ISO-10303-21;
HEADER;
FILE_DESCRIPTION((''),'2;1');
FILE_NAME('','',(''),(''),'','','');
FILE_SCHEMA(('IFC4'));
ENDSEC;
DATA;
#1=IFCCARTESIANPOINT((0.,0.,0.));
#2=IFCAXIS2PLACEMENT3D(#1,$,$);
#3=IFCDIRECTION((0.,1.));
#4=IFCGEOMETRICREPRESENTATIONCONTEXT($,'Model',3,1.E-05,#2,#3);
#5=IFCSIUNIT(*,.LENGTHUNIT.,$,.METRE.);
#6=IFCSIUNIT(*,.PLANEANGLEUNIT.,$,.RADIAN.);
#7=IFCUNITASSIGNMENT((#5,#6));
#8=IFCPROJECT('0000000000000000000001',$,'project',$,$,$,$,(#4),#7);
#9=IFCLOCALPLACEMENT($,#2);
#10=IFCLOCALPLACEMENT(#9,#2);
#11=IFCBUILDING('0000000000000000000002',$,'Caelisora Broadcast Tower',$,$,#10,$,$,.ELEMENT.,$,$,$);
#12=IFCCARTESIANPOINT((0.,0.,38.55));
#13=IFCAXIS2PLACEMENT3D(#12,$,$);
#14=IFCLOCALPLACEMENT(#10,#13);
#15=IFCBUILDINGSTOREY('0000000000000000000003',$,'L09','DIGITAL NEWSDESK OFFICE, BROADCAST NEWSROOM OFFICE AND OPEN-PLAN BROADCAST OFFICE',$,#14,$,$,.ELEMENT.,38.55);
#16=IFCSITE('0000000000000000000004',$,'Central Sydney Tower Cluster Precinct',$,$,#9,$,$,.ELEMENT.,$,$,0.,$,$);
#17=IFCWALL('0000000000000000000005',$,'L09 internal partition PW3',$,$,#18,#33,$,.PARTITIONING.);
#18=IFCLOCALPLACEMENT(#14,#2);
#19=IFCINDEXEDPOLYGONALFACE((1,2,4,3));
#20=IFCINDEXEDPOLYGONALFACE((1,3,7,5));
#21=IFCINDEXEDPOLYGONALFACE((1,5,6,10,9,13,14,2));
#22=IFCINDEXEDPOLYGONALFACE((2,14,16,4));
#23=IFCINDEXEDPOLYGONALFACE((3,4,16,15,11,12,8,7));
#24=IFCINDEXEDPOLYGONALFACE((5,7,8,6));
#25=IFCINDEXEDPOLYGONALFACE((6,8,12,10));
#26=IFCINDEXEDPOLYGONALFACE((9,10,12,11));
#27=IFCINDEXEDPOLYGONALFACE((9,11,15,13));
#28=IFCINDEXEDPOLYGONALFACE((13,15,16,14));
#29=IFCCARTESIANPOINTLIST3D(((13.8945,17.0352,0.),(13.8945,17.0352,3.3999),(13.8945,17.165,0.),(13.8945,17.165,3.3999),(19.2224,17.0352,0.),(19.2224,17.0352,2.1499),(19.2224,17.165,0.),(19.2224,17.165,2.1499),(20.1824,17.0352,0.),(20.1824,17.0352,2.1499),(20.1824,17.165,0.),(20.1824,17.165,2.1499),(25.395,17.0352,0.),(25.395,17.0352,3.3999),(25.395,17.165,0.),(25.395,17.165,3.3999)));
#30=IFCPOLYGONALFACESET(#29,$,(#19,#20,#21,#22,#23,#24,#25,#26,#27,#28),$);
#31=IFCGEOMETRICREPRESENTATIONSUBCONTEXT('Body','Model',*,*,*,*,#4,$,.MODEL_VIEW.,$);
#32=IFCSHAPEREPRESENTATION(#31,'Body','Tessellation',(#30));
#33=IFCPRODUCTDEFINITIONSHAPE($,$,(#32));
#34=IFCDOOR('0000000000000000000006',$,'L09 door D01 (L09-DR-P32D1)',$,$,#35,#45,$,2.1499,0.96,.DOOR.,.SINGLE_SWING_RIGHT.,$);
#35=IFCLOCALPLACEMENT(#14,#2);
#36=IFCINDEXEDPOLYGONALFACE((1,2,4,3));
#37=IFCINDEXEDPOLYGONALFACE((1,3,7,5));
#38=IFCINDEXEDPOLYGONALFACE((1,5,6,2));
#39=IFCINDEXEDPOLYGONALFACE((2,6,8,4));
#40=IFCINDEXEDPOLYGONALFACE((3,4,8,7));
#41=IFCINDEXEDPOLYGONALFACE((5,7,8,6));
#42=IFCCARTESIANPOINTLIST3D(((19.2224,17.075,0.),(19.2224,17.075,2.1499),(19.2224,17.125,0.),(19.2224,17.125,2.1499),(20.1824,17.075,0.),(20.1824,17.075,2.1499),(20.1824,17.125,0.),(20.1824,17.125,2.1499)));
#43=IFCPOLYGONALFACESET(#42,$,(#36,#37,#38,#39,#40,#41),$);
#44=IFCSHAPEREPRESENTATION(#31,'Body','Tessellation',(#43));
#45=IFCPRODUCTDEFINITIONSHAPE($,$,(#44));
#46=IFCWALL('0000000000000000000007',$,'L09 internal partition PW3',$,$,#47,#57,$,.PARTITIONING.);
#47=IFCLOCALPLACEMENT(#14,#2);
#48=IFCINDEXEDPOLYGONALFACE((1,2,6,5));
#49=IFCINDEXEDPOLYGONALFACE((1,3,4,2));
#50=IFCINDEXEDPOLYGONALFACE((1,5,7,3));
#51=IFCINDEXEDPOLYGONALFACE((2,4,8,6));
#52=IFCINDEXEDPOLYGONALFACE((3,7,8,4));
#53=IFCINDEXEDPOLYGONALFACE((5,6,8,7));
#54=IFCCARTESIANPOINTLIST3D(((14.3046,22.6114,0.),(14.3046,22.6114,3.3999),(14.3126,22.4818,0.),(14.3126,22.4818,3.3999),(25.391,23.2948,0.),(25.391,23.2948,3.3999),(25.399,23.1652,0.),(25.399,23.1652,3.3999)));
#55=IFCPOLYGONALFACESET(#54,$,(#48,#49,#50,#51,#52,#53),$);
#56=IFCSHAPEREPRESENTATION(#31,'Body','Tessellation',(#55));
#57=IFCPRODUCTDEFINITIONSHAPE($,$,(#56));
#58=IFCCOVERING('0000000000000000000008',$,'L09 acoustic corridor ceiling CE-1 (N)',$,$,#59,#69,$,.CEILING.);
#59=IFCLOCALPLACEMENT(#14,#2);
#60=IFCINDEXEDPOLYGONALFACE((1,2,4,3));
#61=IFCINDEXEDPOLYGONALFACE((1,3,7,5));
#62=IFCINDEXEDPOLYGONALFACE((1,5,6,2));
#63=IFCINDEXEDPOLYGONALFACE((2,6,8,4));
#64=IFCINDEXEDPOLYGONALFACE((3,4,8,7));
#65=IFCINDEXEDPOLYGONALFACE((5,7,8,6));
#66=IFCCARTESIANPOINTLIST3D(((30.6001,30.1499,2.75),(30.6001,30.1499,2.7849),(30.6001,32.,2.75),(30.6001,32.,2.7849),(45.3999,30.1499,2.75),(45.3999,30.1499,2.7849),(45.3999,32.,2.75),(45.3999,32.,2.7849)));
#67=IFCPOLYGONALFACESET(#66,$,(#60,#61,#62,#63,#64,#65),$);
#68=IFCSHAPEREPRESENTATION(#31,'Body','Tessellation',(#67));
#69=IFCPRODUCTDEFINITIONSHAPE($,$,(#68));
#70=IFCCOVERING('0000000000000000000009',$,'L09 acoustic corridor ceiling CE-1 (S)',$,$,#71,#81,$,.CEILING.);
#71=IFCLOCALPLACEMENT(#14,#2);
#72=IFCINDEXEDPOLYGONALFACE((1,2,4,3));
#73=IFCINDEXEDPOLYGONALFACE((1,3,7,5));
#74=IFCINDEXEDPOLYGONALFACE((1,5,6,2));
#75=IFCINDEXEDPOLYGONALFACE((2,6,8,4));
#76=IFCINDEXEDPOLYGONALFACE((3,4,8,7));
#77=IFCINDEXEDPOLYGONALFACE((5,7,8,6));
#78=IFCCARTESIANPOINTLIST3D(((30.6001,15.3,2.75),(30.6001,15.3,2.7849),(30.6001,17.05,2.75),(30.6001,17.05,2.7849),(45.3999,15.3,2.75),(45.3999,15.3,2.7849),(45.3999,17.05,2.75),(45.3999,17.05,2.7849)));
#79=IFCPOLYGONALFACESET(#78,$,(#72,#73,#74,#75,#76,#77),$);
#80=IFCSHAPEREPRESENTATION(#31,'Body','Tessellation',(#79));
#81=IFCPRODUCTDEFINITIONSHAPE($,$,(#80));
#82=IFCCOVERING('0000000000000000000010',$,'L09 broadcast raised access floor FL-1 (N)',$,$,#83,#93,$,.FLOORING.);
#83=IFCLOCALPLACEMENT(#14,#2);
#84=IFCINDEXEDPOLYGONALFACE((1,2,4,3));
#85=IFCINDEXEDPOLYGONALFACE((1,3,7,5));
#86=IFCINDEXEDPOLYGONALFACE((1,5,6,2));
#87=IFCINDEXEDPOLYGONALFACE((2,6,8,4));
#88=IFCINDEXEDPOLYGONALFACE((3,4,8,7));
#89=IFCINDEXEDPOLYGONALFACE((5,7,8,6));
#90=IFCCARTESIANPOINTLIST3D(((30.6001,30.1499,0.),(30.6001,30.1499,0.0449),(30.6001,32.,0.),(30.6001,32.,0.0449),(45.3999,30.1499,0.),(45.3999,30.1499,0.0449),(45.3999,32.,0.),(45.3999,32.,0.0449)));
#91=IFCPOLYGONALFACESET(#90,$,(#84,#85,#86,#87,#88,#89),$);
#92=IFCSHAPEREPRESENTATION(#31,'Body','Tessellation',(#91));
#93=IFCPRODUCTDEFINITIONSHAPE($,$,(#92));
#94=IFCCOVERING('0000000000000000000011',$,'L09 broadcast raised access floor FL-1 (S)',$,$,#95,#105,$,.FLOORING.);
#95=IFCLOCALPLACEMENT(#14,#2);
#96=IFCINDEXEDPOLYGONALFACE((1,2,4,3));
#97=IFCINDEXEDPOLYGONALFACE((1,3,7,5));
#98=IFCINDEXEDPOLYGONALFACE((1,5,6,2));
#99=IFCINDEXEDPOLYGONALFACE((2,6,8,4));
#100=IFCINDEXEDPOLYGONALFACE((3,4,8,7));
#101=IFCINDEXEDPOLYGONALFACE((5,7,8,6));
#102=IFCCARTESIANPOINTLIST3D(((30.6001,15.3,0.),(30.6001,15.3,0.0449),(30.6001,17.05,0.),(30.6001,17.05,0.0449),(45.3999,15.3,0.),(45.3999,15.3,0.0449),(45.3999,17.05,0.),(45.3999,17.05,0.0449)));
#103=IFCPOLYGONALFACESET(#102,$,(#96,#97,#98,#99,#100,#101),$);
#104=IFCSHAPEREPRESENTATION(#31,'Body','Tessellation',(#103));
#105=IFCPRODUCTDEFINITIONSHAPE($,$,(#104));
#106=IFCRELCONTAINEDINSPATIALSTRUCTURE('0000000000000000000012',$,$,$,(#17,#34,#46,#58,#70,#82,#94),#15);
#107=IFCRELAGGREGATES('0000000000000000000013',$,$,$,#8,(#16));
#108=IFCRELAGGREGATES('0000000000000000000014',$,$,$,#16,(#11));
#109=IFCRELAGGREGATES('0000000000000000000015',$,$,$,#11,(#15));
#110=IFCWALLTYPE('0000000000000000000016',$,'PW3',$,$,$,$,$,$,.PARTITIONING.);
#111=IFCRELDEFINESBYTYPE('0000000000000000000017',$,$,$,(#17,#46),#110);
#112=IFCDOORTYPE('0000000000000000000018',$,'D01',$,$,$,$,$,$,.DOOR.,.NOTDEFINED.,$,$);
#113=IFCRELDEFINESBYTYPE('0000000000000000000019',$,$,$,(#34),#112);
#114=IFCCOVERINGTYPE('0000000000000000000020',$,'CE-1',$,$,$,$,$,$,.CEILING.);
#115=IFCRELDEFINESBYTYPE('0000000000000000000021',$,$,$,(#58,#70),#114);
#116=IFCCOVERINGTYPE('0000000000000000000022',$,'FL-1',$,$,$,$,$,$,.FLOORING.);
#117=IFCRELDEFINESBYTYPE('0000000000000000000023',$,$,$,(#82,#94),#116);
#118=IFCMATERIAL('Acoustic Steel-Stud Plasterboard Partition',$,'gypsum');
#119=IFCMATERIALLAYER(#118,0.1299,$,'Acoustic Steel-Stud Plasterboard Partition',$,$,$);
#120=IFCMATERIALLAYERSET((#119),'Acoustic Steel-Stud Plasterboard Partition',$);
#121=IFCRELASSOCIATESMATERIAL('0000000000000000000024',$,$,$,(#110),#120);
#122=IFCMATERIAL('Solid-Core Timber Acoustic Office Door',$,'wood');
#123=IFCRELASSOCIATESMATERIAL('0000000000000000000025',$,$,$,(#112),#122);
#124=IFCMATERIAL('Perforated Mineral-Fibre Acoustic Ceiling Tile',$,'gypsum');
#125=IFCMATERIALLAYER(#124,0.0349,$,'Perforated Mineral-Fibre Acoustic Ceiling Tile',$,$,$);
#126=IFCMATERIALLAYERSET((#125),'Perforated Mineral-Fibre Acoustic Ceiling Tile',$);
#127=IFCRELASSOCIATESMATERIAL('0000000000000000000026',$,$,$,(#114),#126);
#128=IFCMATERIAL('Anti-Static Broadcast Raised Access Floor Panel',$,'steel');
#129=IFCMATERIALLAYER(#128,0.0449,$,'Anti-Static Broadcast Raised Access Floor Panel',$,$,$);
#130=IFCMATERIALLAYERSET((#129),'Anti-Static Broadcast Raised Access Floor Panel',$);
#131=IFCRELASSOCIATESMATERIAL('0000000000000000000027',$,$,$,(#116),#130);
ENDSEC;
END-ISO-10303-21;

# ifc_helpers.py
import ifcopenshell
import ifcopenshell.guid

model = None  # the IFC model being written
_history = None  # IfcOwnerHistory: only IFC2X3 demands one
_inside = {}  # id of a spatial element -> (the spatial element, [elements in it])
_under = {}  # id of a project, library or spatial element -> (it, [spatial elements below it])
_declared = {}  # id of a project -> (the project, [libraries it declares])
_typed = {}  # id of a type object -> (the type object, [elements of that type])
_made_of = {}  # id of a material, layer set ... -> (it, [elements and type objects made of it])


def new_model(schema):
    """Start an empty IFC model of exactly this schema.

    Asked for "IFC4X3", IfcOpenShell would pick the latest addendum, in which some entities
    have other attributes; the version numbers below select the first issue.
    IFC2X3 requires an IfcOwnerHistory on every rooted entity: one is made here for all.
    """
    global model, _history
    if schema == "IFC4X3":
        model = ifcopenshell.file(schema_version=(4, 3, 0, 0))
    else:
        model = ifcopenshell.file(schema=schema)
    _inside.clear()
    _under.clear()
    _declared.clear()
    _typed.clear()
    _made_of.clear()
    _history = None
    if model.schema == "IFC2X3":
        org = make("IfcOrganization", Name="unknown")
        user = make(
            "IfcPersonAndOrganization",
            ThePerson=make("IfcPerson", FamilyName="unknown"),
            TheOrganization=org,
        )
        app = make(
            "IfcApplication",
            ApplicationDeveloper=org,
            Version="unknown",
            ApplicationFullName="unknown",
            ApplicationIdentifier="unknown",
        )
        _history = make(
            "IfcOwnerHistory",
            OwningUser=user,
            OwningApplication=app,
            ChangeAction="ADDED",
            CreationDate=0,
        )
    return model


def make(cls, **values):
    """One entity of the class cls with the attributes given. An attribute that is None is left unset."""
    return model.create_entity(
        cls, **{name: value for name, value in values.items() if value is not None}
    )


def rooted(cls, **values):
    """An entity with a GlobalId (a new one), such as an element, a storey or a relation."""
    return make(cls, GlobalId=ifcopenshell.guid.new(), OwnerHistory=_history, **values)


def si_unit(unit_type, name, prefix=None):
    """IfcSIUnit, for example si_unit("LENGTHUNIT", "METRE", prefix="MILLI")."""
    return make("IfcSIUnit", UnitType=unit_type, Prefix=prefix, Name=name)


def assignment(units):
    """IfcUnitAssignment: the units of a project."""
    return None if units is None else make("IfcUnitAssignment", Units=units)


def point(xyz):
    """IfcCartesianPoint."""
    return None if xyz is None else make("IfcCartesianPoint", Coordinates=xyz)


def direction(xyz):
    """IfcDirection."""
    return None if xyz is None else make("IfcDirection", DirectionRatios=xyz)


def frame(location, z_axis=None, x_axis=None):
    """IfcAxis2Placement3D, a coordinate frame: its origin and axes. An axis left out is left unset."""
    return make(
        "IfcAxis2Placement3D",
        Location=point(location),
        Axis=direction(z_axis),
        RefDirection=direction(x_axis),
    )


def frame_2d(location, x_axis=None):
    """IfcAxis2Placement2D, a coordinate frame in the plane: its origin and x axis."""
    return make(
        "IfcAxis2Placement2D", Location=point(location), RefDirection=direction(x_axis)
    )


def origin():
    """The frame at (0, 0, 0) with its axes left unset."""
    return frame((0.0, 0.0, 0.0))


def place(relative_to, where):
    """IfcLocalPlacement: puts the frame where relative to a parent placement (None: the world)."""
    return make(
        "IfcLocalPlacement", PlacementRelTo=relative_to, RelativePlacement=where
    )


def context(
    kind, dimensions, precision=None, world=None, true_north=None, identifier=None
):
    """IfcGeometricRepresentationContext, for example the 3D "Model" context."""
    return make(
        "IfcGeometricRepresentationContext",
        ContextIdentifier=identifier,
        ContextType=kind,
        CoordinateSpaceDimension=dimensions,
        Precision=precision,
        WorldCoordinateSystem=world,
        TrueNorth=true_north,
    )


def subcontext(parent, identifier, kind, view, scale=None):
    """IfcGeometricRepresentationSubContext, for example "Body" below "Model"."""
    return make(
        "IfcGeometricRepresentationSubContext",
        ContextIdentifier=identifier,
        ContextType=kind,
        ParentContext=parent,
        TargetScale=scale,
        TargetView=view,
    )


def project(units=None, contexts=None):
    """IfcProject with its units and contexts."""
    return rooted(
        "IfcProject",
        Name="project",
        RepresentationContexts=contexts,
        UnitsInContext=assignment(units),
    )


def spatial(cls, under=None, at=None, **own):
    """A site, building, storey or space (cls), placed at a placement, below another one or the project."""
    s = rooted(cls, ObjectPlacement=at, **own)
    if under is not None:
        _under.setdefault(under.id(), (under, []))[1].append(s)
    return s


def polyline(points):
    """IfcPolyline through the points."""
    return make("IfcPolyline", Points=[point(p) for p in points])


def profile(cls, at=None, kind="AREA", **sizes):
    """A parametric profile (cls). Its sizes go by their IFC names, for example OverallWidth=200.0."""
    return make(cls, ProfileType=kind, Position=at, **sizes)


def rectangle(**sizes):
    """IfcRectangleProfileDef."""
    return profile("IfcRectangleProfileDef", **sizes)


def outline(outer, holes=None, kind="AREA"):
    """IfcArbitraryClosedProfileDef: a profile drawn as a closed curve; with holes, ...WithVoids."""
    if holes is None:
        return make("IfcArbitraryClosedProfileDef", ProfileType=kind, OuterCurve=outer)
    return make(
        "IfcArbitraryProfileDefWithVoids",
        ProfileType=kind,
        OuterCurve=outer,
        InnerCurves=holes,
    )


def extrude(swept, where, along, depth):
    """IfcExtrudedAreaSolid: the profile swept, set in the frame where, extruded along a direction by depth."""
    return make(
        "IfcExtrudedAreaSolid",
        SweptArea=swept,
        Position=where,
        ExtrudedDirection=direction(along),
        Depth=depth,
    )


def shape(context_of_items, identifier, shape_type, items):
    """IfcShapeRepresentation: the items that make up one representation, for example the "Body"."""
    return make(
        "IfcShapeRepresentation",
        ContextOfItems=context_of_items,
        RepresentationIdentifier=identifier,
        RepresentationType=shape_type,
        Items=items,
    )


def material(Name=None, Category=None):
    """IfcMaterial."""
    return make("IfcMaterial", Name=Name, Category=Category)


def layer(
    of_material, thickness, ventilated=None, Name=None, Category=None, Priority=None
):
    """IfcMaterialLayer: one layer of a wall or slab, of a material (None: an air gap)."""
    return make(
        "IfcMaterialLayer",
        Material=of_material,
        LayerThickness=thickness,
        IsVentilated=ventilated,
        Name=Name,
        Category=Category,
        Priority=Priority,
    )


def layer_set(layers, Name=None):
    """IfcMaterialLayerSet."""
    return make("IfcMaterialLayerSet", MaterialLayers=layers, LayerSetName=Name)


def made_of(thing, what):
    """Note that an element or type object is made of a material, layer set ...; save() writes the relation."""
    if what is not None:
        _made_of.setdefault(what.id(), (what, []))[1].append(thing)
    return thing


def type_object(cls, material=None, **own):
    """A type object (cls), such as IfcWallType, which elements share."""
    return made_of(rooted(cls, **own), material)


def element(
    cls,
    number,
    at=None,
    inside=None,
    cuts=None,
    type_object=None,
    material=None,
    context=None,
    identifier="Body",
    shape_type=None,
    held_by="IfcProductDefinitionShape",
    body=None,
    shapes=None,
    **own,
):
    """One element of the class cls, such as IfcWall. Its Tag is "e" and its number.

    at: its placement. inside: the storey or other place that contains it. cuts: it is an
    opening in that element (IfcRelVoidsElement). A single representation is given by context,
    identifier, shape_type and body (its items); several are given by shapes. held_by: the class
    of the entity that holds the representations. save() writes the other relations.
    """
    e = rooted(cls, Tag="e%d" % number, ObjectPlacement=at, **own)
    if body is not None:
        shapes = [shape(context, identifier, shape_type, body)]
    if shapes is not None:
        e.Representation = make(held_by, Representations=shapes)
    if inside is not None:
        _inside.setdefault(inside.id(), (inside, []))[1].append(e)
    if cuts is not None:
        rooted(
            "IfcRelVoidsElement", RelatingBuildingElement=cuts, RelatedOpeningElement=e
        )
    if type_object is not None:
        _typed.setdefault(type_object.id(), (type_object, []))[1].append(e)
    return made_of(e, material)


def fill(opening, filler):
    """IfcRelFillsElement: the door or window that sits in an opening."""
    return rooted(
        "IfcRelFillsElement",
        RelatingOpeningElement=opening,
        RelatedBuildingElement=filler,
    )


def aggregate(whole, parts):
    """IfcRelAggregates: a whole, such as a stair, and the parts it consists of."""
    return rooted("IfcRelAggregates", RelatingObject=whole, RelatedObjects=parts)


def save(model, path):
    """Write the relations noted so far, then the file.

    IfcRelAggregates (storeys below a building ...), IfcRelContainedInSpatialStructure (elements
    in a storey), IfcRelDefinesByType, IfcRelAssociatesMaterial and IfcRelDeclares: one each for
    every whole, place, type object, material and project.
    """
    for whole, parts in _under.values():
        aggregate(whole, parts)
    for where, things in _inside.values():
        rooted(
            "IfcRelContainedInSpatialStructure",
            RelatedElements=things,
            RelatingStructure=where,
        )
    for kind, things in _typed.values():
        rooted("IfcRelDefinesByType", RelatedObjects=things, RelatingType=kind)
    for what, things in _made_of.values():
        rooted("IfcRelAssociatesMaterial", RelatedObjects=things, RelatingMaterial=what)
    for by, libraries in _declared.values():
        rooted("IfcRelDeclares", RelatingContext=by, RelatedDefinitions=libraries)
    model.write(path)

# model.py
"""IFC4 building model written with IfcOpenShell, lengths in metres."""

from ifc_helpers import new_model, si_unit, direction, frame, frame_2d, origin, place, context, subcontext, project, spatial, polyline, rectangle, outline, extrude, material, layer, layer_set, type_object, element, fill, save


model = new_model("IFC4")

# Units and contexts
model_context = context("Model", 3, precision=1e-05, world=origin(), true_north=direction((0.0, 1.0)))
body_context = subcontext(model_context, "Body", "Model", "MODEL_VIEW")
ifc_project = project(units=[si_unit("LENGTHUNIT", "METRE"), si_unit("PLANEANGLEUNIT", "RADIAN")], contexts=[model_context])

# Site, building, storey
site_placement = place(None, origin())
site = spatial("IfcSite", under=ifc_project, at=site_placement, Name="Central Sydney Tower Cluster Precinct", CompositionType="ELEMENT", RefElevation=0.0)
building_placement = place(site_placement, origin())
building = spatial("IfcBuilding", under=site, at=building_placement, Name="Caelisora Broadcast Tower", CompositionType="ELEMENT")
storey_placement = place(building_placement, frame((0.0, 0.0, 38.55)))
storey = spatial("IfcBuildingStorey", under=building, at=storey_placement, Name="L09", Description="DIGITAL NEWSDESK OFFICE, BROADCAST NEWSROOM OFFICE AND OPEN-PLAN BROADCAST OFFICE", CompositionType="ELEMENT", Elevation=38.55)

# Wall, opening, door
ifc_material_1 = material(Name="Acoustic Steel-Stud Plasterboard Partition", Category="gypsum")
ifc_layer_1 = layer(ifc_material_1, 0.1299, Name="Acoustic Steel-Stud Plasterboard Partition")
ifc_layer_set_1 = layer_set([ifc_layer_1], Name="Acoustic Steel-Stud Plasterboard Partition")
wall_type_1 = type_object("IfcWallType", Name="PW3", PredefinedType="PARTITIONING", material=ifc_layer_set_1)
ifc_material_2 = material(Name="Solid-Core Timber Acoustic Office Door", Category="wood")
door_type = type_object("IfcDoorType", Name="D01", OperationType="NOTDEFINED", PredefinedType="DOOR", material=ifc_material_2)
wall_1_placement = place(storey_placement, frame((13.8945, 17.1001, 0.0), z_axis=(0.0, 0.0, 1.0), x_axis=(1.0, 0.0, 0.0)))
wall_1 = element("IfcWall", 1, at=wall_1_placement, inside=storey, type_object=wall_type_1, Name="L09 internal partition PW3", PredefinedType="PARTITIONING", context=body_context, shape_type="SweptSolid", body=[
    extrude(rectangle(XDim=11.5005, YDim=0.1299, at=frame_2d((5.7502, 0.0))), origin(), (0.0, 0.0, 1.0), 3.3999),
])
opening_1_placement = place(wall_1_placement, frame((5.3279, 0.0, 0.0)))
opening_1 = element("IfcOpeningElement", 2, at=opening_1_placement, cuts=wall_1, PredefinedType="OPENING", context=body_context, shape_type="SweptSolid", body=[
    extrude(rectangle(XDim=0.96, YDim=2.1499, at=frame_2d((0.48, 1.075))), frame((0.0, 0.0769, 0.0), z_axis=(0.0, -1.0, 0.0), x_axis=(1.0, 0.0, 0.0)), (0.0, 0.0, 1.0), 0.1538),
])
door_1_placement = place(opening_1_placement, origin())
door_1 = element("IfcDoor", 3, at=door_1_placement, inside=storey, type_object=door_type, Name="L09 door D01 (L09-DR-P32D1)", OperationType="SINGLE_SWING_RIGHT", OverallHeight=2.1499, OverallWidth=0.96, PredefinedType="DOOR", context=body_context, shape_type="SweptSolid", body=[
    extrude(rectangle(XDim=0.96, YDim=2.1499, at=frame_2d((0.48, 1.075))), frame((0.0, 0.0249, 0.0), z_axis=(0.0, -1.0, 0.0), x_axis=(1.0, 0.0, 0.0)), (0.0, 0.0, 1.0), 0.05),
])
fill(opening_1, door_1)

# Wall
wall_2_placement = place(storey_placement, frame((14.3086, 22.5466, 0.0), z_axis=(0.0, 0.0, 1.0), x_axis=(0.998106, 0.061522, 0.0)))
element("IfcWall", 4, at=wall_2_placement, inside=storey, type_object=wall_type_1, Name="L09 internal partition PW3", PredefinedType="PARTITIONING", context=body_context, shape_type="SweptSolid", body=[
    extrude(rectangle(XDim=11.1074, YDim=0.1299, at=frame_2d((5.5537, 0.0))), origin(), (0.0, 0.0, 1.0), 3.3999),
])

# Coverings
ifc_material_3 = material(Name="Perforated Mineral-Fibre Acoustic Ceiling Tile", Category="gypsum")
ifc_layer_2 = layer(ifc_material_3, 0.0349, Name="Perforated Mineral-Fibre Acoustic Ceiling Tile")
ifc_layer_set_2 = layer_set([ifc_layer_2], Name="Perforated Mineral-Fibre Acoustic Ceiling Tile")
covering_type_1 = type_object("IfcCoveringType", Name="CE-1", PredefinedType="CEILING", material=ifc_layer_set_2)
covering_1_placement = place(storey_placement, frame((0.0, 0.0, 2.75)))
element("IfcCovering", 5, at=covering_1_placement, inside=storey, type_object=covering_type_1, Name="L09 acoustic corridor ceiling CE-1 (N)", PredefinedType="CEILING", context=body_context, shape_type="SweptSolid", body=[
    extrude(outline(polyline([(30.6001, 30.1499), (45.3999, 30.1499), (45.3999, 32.0), (30.6001, 32.0), (30.6001, 30.1499)])), origin(), (0.0, 0.0, 1.0), 0.0349),
])
covering_2_placement = place(storey_placement, frame((0.0, 0.0, 2.75)))
element("IfcCovering", 6, at=covering_2_placement, inside=storey, type_object=covering_type_1, Name="L09 acoustic corridor ceiling CE-1 (S)", PredefinedType="CEILING", context=body_context, shape_type="SweptSolid", body=[
    extrude(outline(polyline([(30.6001, 15.3), (45.3999, 15.3), (45.3999, 17.05), (30.6001, 17.05), (30.6001, 15.3)])), origin(), (0.0, 0.0, 1.0), 0.0349),
])
ifc_material_4 = material(Name="Anti-Static Broadcast Raised Access Floor Panel", Category="steel")
ifc_layer_3 = layer(ifc_material_4, 0.0449, Name="Anti-Static Broadcast Raised Access Floor Panel")
ifc_layer_set_3 = layer_set([ifc_layer_3], Name="Anti-Static Broadcast Raised Access Floor Panel")
covering_type_2 = type_object("IfcCoveringType", Name="FL-1", PredefinedType="FLOORING", material=ifc_layer_set_3)
covering_3_placement = place(storey_placement, origin())
element("IfcCovering", 7, at=covering_3_placement, inside=storey, type_object=covering_type_2, Name="L09 broadcast raised access floor FL-1 (N)", PredefinedType="FLOORING", context=body_context, shape_type="SweptSolid", body=[
    extrude(outline(polyline([(30.6001, 30.1499), (45.3999, 30.1499), (45.3999, 32.0), (30.6001, 32.0), (30.6001, 30.1499)])), origin(), (0.0, 0.0, 1.0), 0.0449),
])
covering_4_placement = place(storey_placement, origin())
element("IfcCovering", 8, at=covering_4_placement, inside=storey, type_object=covering_type_2, Name="L09 broadcast raised access floor FL-1 (S)", PredefinedType="FLOORING", context=body_context, shape_type="SweptSolid", body=[
    extrude(outline(polyline([(30.6001, 15.3), (45.3999, 15.3), (45.3999, 17.05), (30.6001, 17.05), (30.6001, 15.3)])), origin(), (0.0, 0.0, 1.0), 0.0449),
])

save(model, "model.ifc")
